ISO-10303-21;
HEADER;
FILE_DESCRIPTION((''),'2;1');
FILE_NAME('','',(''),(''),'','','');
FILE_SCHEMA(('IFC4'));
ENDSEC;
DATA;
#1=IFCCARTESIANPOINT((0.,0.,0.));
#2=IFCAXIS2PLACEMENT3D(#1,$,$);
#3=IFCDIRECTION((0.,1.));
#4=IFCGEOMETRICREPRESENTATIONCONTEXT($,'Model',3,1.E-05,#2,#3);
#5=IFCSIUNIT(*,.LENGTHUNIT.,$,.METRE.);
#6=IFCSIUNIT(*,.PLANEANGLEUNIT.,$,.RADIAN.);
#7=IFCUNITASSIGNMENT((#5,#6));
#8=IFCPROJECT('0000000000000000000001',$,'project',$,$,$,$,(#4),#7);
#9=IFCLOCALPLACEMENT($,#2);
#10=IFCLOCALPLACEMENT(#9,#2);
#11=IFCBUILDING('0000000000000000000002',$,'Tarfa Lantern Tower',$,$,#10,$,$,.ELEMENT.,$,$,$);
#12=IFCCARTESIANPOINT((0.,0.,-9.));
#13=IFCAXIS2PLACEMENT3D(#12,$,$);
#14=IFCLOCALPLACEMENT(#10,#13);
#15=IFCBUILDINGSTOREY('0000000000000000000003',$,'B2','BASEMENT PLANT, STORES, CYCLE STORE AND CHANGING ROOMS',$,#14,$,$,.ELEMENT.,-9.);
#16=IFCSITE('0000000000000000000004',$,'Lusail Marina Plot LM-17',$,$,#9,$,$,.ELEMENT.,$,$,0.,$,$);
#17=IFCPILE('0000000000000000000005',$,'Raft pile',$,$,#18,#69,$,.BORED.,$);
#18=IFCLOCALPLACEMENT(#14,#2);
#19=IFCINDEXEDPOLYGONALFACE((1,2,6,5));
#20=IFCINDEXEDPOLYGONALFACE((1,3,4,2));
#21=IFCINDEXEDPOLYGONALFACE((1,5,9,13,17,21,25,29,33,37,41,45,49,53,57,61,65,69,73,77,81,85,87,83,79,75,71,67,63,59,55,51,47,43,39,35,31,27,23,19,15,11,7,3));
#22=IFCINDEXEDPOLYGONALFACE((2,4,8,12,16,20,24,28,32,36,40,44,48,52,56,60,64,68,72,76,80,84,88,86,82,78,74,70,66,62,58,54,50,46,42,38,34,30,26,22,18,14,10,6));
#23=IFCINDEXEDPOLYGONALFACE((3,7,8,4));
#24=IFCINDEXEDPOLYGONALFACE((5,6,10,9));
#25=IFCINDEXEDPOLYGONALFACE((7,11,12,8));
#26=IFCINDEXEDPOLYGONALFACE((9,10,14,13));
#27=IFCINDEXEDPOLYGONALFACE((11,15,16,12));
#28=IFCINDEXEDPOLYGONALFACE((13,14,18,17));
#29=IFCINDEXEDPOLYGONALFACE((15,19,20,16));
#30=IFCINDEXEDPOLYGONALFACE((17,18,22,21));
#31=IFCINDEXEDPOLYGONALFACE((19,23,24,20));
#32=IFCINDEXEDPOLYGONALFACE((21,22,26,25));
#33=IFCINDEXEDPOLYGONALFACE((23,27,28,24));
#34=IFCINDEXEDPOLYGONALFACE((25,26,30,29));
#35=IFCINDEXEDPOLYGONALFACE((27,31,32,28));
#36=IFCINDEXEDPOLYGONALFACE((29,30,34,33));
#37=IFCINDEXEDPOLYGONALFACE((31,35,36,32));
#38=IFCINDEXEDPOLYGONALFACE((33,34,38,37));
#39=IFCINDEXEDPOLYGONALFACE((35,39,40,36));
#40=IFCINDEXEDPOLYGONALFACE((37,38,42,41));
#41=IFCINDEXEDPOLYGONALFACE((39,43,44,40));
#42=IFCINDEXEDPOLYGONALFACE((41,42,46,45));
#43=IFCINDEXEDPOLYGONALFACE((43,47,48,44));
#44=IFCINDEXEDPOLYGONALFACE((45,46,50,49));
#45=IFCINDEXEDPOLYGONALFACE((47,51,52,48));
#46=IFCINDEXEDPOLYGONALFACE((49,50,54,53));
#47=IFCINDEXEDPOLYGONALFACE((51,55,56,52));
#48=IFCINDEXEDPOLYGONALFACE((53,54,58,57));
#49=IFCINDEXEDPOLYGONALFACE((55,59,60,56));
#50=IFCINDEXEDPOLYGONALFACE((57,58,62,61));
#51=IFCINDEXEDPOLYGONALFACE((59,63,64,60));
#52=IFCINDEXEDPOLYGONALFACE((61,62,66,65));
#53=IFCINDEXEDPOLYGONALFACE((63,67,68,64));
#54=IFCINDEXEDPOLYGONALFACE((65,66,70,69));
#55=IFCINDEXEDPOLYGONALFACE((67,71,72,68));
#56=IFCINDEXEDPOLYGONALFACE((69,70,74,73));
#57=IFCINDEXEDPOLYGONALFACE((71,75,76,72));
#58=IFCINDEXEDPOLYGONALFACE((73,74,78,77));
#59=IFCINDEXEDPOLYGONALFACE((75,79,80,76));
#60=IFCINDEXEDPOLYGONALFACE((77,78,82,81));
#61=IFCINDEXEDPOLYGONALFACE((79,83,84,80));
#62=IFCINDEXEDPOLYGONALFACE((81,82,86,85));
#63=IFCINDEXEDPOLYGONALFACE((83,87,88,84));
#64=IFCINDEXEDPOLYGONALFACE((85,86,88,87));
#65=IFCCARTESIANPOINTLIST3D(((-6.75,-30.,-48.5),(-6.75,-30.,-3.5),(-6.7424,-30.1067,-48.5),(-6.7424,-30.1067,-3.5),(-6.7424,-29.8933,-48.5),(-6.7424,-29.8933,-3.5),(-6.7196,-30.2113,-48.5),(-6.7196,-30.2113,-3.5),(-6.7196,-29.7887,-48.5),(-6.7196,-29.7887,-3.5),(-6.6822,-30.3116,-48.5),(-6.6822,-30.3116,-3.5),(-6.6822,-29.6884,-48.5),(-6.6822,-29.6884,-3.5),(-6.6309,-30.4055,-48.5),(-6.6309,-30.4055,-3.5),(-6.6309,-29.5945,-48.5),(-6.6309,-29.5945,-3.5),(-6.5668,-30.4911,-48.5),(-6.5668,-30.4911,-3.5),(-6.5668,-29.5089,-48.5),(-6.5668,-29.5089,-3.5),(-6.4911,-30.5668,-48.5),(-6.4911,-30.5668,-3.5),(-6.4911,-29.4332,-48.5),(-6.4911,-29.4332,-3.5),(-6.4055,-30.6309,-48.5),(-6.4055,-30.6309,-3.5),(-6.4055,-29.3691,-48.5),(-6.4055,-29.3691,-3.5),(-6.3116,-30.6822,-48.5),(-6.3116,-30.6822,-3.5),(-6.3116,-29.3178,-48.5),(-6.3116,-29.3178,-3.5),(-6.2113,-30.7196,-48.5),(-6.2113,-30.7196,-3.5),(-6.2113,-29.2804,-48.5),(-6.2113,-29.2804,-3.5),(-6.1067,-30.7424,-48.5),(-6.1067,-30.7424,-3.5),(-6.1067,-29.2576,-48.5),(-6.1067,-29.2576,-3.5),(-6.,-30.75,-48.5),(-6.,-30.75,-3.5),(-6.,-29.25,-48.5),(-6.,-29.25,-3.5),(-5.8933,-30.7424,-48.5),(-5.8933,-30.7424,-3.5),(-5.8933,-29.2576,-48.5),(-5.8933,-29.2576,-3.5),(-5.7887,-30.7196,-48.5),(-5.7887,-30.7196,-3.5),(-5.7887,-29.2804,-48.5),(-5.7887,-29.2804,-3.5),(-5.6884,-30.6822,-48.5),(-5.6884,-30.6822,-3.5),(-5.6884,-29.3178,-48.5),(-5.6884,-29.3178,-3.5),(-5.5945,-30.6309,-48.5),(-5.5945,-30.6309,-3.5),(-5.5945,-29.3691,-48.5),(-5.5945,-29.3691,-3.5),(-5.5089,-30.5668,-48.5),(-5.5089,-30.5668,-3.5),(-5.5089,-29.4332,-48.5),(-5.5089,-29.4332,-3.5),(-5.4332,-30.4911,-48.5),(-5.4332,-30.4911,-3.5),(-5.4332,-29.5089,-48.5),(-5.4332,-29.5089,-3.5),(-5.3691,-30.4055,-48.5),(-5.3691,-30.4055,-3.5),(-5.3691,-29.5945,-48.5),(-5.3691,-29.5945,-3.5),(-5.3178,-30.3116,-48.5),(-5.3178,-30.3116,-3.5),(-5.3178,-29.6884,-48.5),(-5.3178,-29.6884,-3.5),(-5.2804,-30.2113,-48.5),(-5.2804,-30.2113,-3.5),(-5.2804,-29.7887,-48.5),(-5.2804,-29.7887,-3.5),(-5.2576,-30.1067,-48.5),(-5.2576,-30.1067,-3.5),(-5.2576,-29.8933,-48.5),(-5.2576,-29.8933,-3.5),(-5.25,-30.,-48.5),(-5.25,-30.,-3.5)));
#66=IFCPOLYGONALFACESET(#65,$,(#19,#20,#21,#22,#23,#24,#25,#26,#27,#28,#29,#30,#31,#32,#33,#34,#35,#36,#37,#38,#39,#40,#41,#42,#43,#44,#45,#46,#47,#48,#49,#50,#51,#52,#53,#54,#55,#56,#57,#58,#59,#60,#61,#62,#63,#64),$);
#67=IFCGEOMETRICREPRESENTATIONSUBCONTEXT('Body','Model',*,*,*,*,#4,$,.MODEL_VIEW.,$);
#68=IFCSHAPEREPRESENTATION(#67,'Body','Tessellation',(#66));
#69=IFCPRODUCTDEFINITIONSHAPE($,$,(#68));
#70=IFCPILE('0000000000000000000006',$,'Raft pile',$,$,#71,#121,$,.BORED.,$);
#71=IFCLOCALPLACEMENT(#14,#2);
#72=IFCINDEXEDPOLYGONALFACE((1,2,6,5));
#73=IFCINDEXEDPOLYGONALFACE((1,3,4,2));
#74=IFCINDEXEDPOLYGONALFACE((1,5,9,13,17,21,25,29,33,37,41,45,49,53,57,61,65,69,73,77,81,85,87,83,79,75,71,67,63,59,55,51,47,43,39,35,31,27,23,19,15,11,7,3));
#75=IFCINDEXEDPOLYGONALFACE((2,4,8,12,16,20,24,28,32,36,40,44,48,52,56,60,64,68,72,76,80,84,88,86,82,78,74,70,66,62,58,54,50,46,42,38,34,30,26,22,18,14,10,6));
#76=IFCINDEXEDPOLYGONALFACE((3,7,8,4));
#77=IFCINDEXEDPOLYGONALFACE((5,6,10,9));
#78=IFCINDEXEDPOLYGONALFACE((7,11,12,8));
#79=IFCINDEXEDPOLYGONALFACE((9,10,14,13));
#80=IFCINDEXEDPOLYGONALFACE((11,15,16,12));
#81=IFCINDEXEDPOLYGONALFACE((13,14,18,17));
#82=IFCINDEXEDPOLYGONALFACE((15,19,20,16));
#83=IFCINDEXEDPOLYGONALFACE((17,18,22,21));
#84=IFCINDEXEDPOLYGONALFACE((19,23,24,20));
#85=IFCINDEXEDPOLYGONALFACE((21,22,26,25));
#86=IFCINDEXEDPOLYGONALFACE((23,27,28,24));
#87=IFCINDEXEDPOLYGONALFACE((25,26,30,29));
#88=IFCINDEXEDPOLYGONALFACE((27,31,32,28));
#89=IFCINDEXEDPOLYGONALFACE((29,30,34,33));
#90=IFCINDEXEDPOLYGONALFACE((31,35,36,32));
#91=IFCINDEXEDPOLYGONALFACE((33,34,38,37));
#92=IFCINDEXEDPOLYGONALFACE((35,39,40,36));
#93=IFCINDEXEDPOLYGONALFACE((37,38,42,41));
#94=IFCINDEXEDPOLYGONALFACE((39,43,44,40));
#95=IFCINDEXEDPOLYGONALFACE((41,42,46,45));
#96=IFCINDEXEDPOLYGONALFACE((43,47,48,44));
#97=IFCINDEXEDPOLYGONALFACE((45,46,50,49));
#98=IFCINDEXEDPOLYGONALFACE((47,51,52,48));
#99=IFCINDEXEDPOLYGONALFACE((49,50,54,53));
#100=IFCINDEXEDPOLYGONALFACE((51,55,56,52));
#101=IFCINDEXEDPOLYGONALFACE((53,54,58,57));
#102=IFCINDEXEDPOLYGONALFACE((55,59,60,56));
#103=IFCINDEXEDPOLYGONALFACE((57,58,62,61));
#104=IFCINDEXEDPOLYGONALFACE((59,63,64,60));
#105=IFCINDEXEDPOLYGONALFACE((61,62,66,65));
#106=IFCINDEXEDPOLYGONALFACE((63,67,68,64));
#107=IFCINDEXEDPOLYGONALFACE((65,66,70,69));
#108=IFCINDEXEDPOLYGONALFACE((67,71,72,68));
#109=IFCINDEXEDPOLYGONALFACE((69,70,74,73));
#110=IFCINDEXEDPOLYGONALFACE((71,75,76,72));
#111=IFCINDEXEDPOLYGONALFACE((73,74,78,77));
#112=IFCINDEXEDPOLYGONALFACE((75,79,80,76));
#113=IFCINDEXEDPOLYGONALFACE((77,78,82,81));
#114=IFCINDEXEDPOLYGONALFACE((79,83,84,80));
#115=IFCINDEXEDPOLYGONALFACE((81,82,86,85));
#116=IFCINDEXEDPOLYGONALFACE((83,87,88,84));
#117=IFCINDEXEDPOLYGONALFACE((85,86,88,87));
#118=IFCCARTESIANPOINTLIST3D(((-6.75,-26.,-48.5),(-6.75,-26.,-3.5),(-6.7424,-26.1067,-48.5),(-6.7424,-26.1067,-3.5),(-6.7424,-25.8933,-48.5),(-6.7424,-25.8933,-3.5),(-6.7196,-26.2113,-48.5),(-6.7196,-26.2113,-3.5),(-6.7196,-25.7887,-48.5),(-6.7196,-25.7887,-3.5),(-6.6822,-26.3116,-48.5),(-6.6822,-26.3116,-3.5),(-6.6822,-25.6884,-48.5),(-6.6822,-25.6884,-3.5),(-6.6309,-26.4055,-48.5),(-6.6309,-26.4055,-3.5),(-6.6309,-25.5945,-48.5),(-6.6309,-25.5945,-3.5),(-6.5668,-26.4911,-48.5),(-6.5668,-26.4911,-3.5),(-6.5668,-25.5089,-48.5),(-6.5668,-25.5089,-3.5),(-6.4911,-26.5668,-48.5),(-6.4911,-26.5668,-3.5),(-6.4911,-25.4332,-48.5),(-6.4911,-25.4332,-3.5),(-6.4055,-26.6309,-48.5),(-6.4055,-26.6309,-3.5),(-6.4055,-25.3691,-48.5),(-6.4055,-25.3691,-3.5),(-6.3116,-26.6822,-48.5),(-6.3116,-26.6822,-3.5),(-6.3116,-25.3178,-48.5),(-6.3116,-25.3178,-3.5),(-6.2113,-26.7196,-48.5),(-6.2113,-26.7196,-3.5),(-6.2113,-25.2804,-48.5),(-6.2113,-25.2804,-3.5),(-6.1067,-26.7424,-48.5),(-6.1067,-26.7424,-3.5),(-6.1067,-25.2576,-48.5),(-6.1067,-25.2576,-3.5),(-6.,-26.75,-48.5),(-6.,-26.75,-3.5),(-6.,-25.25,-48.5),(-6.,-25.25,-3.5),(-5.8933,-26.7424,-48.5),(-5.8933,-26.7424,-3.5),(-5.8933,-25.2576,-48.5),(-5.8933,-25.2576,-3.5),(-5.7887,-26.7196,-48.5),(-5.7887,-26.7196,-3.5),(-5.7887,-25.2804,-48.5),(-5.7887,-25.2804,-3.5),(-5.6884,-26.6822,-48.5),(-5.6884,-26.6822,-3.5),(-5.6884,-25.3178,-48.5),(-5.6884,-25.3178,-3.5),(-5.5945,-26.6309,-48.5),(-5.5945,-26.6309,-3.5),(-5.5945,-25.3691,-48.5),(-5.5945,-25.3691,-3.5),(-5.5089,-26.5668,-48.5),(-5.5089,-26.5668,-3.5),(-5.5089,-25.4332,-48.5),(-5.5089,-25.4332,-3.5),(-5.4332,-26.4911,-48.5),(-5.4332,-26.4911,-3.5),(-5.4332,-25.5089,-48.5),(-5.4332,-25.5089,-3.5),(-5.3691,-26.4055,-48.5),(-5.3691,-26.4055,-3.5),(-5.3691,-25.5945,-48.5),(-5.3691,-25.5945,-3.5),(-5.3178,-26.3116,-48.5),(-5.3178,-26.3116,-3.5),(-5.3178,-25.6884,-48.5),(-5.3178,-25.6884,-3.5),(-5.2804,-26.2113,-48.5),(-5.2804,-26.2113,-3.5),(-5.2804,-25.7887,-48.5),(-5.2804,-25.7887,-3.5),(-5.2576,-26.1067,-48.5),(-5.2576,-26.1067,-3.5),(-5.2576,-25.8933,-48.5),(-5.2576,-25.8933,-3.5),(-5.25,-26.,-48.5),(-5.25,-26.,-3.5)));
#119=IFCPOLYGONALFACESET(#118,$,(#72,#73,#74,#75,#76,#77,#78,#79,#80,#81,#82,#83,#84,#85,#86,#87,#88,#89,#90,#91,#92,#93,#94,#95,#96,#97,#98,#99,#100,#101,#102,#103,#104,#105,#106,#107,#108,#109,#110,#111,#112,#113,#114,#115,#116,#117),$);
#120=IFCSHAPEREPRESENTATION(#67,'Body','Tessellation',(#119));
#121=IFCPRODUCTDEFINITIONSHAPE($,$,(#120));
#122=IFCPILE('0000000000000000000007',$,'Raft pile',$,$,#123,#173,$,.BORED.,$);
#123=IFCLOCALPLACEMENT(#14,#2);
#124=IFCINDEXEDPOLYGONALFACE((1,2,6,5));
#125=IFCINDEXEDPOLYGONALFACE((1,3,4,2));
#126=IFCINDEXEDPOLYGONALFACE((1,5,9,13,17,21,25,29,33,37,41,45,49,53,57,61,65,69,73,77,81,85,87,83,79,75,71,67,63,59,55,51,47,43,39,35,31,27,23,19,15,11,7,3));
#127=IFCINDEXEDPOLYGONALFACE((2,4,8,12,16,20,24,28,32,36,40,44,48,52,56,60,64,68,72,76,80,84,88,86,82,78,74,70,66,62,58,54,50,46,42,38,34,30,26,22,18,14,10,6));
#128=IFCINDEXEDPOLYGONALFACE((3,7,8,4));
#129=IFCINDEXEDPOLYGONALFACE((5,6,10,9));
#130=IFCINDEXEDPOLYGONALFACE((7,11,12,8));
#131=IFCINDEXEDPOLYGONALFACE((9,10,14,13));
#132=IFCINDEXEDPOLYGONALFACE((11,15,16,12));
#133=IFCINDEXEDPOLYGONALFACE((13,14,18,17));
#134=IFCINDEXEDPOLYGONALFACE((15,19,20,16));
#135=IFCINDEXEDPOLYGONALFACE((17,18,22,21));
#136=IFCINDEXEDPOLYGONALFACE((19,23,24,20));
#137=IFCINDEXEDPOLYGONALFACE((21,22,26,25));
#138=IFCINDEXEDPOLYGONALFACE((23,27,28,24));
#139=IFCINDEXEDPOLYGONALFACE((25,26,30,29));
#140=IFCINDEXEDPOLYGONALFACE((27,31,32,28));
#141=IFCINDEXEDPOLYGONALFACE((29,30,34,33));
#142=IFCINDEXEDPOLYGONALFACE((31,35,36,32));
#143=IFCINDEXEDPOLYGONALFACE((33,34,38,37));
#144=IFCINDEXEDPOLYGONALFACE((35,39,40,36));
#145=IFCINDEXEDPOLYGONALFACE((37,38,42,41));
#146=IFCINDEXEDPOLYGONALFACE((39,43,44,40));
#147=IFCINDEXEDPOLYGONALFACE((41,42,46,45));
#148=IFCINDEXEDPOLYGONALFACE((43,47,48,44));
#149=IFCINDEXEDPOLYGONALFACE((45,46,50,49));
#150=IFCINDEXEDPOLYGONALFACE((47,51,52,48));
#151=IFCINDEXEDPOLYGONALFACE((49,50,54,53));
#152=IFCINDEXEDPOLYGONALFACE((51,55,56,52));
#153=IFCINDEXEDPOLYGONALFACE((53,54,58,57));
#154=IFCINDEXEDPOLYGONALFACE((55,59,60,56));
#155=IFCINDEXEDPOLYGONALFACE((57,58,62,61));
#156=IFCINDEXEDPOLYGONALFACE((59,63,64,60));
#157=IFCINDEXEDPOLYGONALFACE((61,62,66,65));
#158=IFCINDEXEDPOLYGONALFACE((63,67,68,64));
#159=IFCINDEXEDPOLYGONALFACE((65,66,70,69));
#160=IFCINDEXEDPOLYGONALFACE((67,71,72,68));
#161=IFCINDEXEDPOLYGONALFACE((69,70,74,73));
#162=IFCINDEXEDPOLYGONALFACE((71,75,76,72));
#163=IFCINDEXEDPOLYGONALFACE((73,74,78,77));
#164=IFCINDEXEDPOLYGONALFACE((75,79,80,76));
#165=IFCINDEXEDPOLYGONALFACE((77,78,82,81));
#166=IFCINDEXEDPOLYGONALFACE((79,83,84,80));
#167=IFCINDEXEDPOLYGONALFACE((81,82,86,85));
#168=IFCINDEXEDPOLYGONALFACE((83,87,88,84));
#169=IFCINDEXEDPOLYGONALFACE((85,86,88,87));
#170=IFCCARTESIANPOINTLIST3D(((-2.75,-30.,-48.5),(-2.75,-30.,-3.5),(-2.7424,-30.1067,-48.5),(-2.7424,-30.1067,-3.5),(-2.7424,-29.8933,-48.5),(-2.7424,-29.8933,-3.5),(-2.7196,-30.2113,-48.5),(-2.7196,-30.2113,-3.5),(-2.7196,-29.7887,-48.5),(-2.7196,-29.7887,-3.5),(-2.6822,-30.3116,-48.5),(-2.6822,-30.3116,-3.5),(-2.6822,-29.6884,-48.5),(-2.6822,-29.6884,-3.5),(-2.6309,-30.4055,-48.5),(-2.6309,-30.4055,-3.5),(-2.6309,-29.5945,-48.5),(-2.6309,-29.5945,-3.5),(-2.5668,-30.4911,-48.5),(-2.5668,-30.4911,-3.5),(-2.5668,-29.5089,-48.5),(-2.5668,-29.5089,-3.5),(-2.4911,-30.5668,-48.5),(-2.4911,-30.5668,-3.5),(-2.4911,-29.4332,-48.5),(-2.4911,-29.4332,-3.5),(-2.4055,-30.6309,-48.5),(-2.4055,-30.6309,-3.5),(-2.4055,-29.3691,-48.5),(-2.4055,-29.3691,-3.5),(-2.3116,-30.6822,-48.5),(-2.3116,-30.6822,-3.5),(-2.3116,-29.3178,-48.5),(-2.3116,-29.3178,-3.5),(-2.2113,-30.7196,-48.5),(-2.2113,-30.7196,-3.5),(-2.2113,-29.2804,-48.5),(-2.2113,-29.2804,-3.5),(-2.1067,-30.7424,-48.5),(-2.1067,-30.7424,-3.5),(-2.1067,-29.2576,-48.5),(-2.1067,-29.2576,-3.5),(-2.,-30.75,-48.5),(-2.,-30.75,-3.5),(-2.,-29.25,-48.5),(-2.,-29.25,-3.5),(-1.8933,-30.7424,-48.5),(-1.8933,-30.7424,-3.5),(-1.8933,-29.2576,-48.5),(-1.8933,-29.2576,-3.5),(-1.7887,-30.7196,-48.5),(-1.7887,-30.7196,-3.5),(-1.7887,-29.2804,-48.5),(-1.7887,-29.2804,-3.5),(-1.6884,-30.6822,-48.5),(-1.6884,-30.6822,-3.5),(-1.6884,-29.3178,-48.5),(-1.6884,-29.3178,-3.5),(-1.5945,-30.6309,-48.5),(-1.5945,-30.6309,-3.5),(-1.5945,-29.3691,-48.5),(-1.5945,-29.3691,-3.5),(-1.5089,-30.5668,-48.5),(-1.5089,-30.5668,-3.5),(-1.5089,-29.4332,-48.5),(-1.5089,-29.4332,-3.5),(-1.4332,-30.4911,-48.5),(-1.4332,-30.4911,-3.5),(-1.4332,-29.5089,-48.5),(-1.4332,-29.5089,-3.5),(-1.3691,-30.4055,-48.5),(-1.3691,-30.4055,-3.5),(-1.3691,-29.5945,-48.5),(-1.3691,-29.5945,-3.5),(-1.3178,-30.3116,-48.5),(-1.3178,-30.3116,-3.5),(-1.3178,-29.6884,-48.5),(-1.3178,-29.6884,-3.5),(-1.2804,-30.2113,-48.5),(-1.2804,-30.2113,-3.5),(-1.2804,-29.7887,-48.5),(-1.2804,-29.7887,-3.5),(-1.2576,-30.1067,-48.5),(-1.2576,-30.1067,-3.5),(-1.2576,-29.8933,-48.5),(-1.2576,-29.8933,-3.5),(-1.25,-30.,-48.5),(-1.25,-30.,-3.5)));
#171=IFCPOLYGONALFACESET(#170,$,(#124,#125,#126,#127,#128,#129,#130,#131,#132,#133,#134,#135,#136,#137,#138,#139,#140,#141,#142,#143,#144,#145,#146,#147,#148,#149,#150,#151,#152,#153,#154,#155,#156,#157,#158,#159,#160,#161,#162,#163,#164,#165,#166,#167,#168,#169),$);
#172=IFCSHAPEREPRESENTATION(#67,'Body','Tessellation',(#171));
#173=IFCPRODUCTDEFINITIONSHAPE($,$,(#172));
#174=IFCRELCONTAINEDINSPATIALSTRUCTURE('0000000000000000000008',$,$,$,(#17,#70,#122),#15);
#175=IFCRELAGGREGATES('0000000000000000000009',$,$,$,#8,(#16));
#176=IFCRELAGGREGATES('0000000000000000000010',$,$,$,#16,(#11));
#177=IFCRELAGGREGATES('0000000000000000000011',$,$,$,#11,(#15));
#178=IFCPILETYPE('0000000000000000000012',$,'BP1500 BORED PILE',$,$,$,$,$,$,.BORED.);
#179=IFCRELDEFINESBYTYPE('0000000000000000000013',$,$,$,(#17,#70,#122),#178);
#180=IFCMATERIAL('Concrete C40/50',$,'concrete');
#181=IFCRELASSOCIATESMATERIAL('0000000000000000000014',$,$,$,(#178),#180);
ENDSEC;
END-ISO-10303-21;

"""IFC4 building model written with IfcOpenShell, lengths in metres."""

from ifc_helpers import new_model, si_unit, direction, frame, origin, origin_2d, place, context, subcontext, project, spatial, circle, extrude, material, material_profile, profile_set, type_object, element, save


model = new_model("IFC4")

# Units and contexts
model_context = context("Model", 3, precision=1e-05, world=origin(), true_north=direction((0.0, 1.0)))
body_context = subcontext(model_context, "Body", "Model", "MODEL_VIEW")
ifc_project = project(units=[si_unit("LENGTHUNIT", "METRE"), si_unit("PLANEANGLEUNIT", "RADIAN")], contexts=[model_context])

# Site, building, storey
site_placement = place(None, origin())
site = spatial("IfcSite", under=ifc_project, at=site_placement, Name="Lusail Marina Plot LM-17", CompositionType="ELEMENT", RefElevation=0.0)
building_placement = place(site_placement, origin())
building = spatial("IfcBuilding", under=site, at=building_placement, Name="Tarfa Lantern Tower", CompositionType="ELEMENT")
storey_placement = place(building_placement, frame((0.0, 0.0, -9.0)))
storey = spatial("IfcBuildingStorey", under=building, at=storey_placement, Name="B2", Description="BASEMENT PLANT, STORES, CYCLE STORE AND CHANGING ROOMS", CompositionType="ELEMENT", Elevation=-9.0)

# Piles
ifc_material_1 = material(Name="Concrete C40/50", Category="concrete")
ifc_material_profile_1 = material_profile(ifc_material_1, circle(Radius=0.75, at=origin_2d()), Name="BORED PILE D1500")
ifc_profile_set_1 = profile_set([ifc_material_profile_1], Name="Concrete C40/50")
pile_type = type_object("IfcPileType", Name="BP1500 BORED PILE", PredefinedType="BORED", material=ifc_profile_set_1)
for number, where, z_axis, x_axis, name in (
    (1, (-6.0, -30.0, -3.5), (0.0, 0.0, -1.0), (1.0, 0.0, 0.0), "Raft pile"),
    (2, (-6.0, -26.0, -3.5), (0.0, 0.0, -1.0), (1.0, 0.0, 0.0), "Raft pile"),
    (3, (-2.0, -30.0, -3.5), (0.0, 0.0, -1.0), (1.0, 0.0, 0.0), "Raft pile"),
):
    element("IfcPile", number, at=place(storey_placement, frame(where, z_axis=z_axis, x_axis=x_axis)), inside=storey, type_object=pile_type, Name=name, PredefinedType="BORED", context=body_context, shape_type="SweptSolid", body=[
        extrude(circle(Radius=0.75, at=origin_2d()), origin(), (0.0, 0.0, 1.0), 45.0),
    ])

save(model, "model.ifc")
